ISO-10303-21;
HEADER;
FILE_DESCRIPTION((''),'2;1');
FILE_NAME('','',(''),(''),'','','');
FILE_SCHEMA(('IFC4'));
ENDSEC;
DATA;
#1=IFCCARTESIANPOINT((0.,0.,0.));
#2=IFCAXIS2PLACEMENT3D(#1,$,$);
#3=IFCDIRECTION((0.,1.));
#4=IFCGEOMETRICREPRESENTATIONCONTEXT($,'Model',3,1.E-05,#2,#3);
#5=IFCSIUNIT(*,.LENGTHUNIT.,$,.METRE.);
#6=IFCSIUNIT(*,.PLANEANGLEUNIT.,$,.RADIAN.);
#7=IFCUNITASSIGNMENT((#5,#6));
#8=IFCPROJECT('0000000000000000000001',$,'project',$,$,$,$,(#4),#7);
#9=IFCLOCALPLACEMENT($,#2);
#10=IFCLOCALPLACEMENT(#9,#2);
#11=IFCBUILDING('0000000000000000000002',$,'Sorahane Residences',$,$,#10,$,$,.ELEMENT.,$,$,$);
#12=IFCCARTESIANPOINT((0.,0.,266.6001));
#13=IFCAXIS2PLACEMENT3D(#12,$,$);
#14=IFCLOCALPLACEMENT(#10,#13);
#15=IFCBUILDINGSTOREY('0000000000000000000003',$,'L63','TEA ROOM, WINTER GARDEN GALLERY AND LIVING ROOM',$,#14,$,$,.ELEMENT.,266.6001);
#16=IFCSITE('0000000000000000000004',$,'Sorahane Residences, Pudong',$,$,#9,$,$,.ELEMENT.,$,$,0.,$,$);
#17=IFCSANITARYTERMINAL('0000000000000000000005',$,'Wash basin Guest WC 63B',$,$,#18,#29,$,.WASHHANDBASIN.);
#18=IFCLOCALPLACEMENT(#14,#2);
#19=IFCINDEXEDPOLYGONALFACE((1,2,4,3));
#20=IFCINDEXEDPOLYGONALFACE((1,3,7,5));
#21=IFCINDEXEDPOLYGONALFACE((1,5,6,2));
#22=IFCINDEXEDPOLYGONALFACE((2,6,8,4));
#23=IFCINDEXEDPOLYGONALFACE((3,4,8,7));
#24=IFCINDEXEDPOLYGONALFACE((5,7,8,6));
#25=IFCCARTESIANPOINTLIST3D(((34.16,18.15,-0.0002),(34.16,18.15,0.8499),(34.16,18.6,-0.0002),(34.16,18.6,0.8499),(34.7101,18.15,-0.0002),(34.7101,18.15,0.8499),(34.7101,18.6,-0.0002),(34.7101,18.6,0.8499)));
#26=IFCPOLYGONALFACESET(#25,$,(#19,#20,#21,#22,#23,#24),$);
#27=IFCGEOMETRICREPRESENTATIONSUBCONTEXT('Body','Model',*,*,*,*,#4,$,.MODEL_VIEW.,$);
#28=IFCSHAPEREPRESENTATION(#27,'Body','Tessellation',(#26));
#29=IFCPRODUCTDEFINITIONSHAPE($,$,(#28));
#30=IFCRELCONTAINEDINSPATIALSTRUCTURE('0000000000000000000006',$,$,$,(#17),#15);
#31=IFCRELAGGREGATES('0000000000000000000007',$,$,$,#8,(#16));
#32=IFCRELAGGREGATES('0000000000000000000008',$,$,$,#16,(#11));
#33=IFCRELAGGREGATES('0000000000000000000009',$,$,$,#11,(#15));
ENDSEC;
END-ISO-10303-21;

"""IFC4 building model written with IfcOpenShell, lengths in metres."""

from ifc_helpers import new_model, si_unit, direction, frame, origin, origin_2d, place, context, subcontext, project, spatial, rectangle, extrude, element, save


model = new_model("IFC4")

# Units and contexts
model_context = context("Model", 3, precision=1e-05, world=origin(), true_north=direction((0.0, 1.0)))
body_context = subcontext(model_context, "Body", "Model", "MODEL_VIEW")
ifc_project = project(units=[si_unit("LENGTHUNIT", "METRE"), si_unit("PLANEANGLEUNIT", "RADIAN")], contexts=[model_context])

# Site, building, storey
site_placement = place(None, origin())
site = spatial("IfcSite", under=ifc_project, at=site_placement, Name="Sorahane Residences, Pudong", CompositionType="ELEMENT", RefElevation=0.0)
building_placement = place(site_placement, origin())
building = spatial("IfcBuilding", under=site, at=building_placement, Name="Sorahane Residences", CompositionType="ELEMENT")
storey_placement = place(building_placement, frame((0.0, 0.0, 266.6001)))
storey = spatial("IfcBuildingStorey", under=building, at=storey_placement, Name="L63", Description="TEA ROOM, WINTER GARDEN GALLERY AND LIVING ROOM", CompositionType="ELEMENT", Elevation=266.6001)

# Sanitary terminal
sanitary_terminal_1_placement = place(storey_placement, frame((34.4351, 18.375, -0.0002), z_axis=(0.0, 0.0, 1.0), x_axis=(1.0, 0.0, 0.0)))
element("IfcSanitaryTerminal", 1, at=sanitary_terminal_1_placement, inside=storey, Name="Wash basin Guest WC 63B", PredefinedType="WASHHANDBASIN", context=body_context, shape_type="SweptSolid", body=[
    extrude(rectangle(XDim=0.55, YDim=0.45, at=origin_2d()), origin(), (0.0, 0.0, 1.0), 0.8501),
])

save(model, "model.ifc")
